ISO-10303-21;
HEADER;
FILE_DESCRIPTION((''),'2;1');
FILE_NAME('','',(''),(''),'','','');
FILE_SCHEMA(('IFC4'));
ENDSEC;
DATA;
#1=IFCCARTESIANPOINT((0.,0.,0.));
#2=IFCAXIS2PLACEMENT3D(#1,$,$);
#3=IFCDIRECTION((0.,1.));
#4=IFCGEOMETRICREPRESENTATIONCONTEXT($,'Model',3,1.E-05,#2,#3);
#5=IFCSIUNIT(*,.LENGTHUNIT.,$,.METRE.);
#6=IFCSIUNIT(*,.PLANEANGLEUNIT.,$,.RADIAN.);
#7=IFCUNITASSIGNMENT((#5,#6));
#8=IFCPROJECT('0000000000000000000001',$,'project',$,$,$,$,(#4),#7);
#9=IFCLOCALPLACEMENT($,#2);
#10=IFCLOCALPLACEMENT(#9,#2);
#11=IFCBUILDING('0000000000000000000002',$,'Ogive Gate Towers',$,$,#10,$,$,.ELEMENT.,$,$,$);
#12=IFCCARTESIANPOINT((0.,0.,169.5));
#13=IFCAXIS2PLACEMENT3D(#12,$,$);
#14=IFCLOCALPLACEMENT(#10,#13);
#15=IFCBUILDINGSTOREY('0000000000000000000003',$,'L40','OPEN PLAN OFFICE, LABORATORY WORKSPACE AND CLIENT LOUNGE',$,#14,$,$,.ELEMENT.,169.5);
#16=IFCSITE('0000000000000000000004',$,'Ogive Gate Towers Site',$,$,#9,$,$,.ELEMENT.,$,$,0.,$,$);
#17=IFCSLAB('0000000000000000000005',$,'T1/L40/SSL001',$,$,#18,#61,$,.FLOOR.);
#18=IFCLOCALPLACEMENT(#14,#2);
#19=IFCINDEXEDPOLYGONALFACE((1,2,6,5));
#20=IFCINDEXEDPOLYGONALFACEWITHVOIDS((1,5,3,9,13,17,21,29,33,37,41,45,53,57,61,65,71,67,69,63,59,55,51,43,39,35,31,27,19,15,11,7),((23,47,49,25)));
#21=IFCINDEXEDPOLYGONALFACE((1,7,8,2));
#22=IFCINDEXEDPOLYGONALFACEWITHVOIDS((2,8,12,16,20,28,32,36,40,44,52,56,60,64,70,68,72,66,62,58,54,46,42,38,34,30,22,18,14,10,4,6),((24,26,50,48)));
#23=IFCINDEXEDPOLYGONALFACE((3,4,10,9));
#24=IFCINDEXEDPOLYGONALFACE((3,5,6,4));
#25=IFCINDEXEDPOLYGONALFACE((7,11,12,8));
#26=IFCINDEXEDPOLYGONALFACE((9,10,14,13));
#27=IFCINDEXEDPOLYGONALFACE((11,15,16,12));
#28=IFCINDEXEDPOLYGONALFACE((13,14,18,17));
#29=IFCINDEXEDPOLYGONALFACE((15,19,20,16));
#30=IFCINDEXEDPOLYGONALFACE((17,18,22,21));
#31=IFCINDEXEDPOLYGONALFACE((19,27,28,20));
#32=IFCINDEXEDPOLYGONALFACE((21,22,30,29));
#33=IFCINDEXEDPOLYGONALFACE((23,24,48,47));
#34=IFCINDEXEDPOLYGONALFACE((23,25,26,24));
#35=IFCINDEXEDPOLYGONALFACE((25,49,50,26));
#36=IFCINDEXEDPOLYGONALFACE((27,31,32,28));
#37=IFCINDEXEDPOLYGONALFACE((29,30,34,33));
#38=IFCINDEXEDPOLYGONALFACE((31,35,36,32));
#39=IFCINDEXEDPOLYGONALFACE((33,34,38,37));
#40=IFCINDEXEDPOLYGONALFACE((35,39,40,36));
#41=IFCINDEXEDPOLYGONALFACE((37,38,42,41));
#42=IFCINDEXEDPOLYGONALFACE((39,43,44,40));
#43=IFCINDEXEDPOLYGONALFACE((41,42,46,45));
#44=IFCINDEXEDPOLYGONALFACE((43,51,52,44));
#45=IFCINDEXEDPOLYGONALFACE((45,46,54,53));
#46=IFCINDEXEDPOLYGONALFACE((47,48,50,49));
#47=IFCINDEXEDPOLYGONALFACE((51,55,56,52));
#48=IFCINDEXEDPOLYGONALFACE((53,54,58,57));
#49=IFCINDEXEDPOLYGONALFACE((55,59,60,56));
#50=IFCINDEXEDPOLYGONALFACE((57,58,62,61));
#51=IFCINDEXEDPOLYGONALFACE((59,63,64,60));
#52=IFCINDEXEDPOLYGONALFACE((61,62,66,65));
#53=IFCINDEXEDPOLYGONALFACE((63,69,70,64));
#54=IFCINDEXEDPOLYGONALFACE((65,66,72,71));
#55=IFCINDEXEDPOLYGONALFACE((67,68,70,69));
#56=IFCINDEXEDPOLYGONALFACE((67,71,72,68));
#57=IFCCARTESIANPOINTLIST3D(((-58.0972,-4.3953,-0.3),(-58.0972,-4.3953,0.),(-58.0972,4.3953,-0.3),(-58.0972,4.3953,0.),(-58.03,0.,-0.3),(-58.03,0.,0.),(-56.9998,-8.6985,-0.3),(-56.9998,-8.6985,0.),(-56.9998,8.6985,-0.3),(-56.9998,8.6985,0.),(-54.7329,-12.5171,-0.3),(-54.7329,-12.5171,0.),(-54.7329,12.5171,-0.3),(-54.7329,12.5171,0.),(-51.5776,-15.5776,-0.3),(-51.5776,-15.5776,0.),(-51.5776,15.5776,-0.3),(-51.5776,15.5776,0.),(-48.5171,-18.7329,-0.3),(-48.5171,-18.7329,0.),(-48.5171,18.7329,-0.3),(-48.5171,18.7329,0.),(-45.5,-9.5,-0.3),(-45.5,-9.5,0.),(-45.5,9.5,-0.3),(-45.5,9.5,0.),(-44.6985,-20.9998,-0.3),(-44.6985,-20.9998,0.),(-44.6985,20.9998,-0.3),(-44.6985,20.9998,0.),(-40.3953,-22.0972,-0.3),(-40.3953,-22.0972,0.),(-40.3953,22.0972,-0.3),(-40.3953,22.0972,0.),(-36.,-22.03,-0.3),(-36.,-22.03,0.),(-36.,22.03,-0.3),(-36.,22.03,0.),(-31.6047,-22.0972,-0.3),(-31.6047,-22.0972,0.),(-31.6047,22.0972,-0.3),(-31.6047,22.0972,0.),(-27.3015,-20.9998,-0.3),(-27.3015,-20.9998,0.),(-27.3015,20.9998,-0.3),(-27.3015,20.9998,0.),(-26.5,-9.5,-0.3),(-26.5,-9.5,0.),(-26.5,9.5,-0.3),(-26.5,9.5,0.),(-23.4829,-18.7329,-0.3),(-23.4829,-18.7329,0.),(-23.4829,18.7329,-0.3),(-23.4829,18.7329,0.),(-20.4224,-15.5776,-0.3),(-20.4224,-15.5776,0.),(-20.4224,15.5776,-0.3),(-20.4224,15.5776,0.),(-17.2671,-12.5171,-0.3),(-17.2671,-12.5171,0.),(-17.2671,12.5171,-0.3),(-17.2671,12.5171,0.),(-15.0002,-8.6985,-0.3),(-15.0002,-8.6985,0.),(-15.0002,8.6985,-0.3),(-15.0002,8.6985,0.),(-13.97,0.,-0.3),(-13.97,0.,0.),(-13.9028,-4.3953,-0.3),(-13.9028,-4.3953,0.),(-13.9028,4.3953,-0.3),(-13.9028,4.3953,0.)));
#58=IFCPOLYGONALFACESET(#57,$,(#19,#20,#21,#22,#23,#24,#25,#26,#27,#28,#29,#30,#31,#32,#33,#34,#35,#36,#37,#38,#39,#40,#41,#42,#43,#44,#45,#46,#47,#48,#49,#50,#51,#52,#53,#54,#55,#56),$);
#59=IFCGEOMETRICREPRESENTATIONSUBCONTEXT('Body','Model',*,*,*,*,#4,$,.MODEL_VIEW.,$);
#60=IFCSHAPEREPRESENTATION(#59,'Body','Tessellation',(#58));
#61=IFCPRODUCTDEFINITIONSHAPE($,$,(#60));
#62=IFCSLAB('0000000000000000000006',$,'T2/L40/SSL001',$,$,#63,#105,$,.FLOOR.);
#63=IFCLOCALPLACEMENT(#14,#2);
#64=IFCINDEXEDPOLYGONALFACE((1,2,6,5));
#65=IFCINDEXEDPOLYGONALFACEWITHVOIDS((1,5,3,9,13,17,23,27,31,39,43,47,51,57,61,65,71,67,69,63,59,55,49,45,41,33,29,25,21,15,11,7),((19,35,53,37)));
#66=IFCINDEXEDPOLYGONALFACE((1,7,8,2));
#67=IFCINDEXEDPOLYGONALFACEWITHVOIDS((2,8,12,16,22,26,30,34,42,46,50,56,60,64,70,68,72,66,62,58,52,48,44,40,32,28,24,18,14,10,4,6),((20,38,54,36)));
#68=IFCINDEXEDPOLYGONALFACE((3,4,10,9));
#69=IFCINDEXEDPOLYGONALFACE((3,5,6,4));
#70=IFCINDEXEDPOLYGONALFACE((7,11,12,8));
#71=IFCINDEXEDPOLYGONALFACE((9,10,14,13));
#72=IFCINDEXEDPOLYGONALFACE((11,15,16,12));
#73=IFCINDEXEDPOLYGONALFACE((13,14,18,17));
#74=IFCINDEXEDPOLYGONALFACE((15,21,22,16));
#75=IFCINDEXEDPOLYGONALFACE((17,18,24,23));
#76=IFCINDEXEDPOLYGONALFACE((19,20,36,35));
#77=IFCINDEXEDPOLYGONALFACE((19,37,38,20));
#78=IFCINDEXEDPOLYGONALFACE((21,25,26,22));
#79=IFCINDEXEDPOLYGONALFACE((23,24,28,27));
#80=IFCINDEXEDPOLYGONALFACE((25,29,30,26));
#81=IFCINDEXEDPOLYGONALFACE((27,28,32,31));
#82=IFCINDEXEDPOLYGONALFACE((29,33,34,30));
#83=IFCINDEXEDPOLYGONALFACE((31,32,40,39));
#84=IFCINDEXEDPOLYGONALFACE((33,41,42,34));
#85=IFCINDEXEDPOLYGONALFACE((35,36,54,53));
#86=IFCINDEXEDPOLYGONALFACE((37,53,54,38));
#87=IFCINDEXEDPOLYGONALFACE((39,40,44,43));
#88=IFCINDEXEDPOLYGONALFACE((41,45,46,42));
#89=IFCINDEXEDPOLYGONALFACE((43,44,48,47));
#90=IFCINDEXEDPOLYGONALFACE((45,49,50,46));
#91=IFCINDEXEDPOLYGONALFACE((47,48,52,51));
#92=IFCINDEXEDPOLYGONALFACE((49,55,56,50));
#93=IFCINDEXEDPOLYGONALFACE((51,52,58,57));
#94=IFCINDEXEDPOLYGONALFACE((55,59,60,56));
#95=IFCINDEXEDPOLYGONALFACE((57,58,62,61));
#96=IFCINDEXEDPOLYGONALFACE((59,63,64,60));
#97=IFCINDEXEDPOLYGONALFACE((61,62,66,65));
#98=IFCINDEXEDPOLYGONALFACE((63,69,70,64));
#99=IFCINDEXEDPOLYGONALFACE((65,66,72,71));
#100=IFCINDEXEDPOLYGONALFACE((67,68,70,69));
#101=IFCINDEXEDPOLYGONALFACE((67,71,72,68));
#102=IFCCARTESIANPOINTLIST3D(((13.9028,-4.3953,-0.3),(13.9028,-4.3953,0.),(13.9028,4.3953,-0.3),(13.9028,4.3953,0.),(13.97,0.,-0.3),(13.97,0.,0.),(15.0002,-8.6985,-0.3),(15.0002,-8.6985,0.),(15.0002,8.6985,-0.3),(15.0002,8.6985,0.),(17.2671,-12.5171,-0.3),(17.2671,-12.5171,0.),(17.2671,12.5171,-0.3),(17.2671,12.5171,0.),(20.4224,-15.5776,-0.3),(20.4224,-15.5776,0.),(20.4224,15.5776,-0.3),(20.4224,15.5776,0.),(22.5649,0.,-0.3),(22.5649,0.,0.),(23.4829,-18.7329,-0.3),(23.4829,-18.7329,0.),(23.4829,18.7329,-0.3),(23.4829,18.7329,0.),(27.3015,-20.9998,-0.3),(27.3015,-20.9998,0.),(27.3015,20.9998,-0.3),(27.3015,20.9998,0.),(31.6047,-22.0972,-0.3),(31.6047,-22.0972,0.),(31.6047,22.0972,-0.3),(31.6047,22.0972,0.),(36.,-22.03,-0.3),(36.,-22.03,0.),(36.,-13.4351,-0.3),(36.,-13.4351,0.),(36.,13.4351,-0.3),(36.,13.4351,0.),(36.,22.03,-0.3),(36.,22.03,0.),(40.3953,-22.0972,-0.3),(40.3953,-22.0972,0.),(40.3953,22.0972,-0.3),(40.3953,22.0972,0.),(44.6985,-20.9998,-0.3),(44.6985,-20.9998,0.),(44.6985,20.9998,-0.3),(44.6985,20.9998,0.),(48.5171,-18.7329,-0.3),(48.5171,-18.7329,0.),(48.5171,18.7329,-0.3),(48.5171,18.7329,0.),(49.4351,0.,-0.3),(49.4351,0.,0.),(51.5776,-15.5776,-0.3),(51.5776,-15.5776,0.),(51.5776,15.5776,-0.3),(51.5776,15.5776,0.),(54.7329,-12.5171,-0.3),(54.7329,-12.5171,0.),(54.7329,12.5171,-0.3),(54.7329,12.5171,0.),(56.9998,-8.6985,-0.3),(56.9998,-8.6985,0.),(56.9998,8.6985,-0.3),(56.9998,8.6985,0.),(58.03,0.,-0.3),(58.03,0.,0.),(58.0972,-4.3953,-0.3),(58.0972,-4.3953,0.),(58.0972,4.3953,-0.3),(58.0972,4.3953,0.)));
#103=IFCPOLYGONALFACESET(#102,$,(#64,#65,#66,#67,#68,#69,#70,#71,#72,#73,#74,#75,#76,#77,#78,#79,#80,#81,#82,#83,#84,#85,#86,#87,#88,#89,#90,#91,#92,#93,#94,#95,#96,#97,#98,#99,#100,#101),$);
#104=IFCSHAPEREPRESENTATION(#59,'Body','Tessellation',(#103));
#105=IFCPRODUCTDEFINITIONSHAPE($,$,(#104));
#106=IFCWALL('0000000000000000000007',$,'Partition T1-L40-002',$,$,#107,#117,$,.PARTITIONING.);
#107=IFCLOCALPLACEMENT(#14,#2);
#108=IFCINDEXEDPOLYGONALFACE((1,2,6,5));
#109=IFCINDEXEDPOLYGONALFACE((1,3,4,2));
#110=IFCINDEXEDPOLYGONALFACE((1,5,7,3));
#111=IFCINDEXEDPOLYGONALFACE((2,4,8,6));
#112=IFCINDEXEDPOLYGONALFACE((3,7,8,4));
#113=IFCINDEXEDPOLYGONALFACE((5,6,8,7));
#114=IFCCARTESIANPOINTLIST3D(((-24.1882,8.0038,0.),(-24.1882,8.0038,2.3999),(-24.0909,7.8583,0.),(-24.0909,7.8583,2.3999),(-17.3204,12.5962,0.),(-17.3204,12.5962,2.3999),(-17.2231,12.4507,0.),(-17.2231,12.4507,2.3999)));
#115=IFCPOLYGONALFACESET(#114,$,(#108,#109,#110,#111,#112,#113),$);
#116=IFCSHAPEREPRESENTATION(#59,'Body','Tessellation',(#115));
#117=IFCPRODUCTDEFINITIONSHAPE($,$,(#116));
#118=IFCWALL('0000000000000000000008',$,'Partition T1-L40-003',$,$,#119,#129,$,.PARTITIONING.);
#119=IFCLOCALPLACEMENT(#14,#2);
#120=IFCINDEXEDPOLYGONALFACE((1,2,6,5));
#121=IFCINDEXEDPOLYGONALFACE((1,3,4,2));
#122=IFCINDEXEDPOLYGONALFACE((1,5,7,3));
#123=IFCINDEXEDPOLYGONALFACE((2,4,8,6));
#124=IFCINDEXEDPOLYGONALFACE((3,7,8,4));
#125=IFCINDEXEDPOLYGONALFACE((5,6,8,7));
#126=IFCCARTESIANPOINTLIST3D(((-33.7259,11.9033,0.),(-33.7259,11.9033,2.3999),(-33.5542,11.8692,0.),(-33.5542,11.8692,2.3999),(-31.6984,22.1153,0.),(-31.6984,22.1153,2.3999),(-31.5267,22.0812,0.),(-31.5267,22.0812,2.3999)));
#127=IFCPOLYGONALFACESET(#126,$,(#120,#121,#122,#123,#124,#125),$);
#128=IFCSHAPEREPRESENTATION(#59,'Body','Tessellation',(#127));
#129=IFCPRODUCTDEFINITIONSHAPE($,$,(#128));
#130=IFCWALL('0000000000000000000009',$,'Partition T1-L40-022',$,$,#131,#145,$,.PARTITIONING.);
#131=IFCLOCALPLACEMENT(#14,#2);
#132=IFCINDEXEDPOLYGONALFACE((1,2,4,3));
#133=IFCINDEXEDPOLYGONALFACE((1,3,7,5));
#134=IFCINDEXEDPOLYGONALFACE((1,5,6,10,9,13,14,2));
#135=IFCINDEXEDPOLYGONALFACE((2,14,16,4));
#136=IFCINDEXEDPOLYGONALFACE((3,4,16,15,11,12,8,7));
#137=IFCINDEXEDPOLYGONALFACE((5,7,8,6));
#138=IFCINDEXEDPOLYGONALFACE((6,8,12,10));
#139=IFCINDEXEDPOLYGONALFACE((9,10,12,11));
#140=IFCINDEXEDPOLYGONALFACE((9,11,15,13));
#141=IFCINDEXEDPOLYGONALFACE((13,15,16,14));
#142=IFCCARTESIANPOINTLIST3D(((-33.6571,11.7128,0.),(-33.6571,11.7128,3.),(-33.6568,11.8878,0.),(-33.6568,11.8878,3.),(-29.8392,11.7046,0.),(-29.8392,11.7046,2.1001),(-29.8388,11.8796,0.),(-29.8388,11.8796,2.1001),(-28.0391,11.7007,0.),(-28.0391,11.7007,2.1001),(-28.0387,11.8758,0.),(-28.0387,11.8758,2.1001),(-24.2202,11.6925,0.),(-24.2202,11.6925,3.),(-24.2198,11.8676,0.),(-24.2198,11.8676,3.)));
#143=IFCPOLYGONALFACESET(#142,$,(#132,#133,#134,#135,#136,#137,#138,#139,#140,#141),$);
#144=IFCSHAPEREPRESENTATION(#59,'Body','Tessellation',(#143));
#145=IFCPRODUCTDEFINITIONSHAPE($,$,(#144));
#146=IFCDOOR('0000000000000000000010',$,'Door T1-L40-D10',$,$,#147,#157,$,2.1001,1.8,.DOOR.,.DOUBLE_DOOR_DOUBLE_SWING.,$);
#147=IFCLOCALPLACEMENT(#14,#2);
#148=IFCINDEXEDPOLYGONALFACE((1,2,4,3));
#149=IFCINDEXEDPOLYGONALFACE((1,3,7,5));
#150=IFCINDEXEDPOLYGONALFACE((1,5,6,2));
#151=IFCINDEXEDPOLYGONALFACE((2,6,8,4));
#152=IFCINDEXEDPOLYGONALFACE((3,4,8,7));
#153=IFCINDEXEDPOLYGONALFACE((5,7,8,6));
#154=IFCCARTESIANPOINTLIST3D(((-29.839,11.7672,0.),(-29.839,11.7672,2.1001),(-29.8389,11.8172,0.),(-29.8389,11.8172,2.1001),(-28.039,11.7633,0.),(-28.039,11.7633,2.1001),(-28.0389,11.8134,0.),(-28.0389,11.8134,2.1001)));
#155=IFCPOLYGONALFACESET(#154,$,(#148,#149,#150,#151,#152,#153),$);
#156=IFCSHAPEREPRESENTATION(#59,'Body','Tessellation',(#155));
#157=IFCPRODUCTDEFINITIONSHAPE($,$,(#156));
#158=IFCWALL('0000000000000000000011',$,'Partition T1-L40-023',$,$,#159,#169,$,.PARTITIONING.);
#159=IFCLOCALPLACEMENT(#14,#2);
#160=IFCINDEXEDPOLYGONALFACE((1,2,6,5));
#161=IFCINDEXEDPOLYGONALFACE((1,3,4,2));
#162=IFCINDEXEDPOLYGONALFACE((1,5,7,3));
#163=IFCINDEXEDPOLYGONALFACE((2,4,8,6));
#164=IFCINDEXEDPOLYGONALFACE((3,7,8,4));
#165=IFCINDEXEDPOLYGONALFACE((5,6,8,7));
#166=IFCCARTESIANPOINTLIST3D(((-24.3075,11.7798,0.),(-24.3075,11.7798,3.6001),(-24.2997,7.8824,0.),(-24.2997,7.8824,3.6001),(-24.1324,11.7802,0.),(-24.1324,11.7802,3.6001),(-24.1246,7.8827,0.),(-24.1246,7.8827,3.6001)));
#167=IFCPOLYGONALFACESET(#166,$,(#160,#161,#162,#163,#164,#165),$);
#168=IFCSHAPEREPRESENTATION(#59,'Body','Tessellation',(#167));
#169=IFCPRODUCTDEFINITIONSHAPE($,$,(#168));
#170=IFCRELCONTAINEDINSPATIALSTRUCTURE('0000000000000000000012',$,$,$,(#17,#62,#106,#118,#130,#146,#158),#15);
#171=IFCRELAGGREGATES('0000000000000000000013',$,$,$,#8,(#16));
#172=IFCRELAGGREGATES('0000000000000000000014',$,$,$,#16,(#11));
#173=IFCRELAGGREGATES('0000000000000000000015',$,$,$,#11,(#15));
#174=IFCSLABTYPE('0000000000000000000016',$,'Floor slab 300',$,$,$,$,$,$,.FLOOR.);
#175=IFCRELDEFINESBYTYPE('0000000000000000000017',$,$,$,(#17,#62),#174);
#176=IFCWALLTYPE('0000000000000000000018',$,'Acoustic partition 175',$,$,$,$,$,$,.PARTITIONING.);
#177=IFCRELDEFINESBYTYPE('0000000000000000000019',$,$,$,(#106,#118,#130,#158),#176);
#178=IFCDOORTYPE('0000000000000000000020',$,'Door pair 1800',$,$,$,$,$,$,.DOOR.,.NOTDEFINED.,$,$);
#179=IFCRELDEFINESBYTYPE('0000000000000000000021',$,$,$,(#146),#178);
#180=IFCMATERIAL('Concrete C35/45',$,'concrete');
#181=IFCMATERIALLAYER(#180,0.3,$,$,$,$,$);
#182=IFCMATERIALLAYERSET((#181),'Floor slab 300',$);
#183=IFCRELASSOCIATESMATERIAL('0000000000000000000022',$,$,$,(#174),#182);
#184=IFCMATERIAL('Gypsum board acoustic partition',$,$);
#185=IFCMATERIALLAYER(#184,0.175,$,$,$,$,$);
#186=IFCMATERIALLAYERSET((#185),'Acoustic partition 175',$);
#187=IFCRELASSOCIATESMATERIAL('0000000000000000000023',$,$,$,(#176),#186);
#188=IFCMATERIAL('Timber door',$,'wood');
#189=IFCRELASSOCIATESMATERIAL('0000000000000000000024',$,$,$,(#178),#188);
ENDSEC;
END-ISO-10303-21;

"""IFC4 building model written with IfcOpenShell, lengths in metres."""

from ifc_helpers import new_model, si_unit, direction, frame, frame_2d, origin, place, context, subcontext, project, spatial, polyline, rectangle, outline, extrude, material, layer, layer_set, type_object, element, fill, save


model = new_model("IFC4")

# Units and contexts
model_context = context("Model", 3, precision=1e-05, world=origin(), true_north=direction((0.0, 1.0)))
body_context = subcontext(model_context, "Body", "Model", "MODEL_VIEW")
ifc_project = project(units=[si_unit("LENGTHUNIT", "METRE"), si_unit("PLANEANGLEUNIT", "RADIAN")], contexts=[model_context])

# Site, building, storey
site_placement = place(None, origin())
site = spatial("IfcSite", under=ifc_project, at=site_placement, Name="Ogive Gate Towers Site", CompositionType="ELEMENT", RefElevation=0.0)
building_placement = place(site_placement, origin())
building = spatial("IfcBuilding", under=site, at=building_placement, Name="Ogive Gate Towers", CompositionType="ELEMENT")
storey_placement = place(building_placement, frame((0.0, 0.0, 169.5)))
storey = spatial("IfcBuildingStorey", under=building, at=storey_placement, Name="L40", Description="OPEN PLAN OFFICE, LABORATORY WORKSPACE AND CLIENT LOUNGE", CompositionType="ELEMENT", Elevation=169.5)

# Slabs
ifc_material_1 = material(Name="Concrete C35/45", Category="concrete")
ifc_layer_1 = layer(ifc_material_1, 0.3)
ifc_layer_set_1 = layer_set([ifc_layer_1], Name="Floor slab 300")
slab_type_1 = type_object("IfcSlabType", Name="Floor slab 300", PredefinedType="FLOOR", material=ifc_layer_set_1)
slab_1_placement = place(storey_placement, frame((0.0, 0.0, -0.3)))
element("IfcSlab", 1, at=slab_1_placement, inside=storey, type_object=slab_type_1, Name="T1/L40/SSL001", PredefinedType="FLOOR", context=body_context, shape_type="SweptSolid", body=[
    extrude(outline(polyline([(-13.9028, -4.3953), (-13.97, 0.0), (-13.9028, 4.3953), (-15.0002, 8.6985), (-17.2671, 12.5171), (-20.4224, 15.5776), (-23.4829, 18.7329), (-27.3015, 20.9998), (-31.6047, 22.0972), (-36.0, 22.03), (-40.3953, 22.0972), (-44.6985, 20.9998), (-48.5171, 18.7329), (-51.5776, 15.5776), (-54.7329, 12.5171), (-56.9998, 8.6985), (-58.0972, 4.3953), (-58.03, 0.0), (-58.0972, -4.3953), (-56.9998, -8.6985), (-54.7329, -12.5171), (-51.5776, -15.5776), (-48.5171, -18.7329), (-44.6985, -20.9998), (-40.3953, -22.0972), (-36.0, -22.03), (-31.6047, -22.0972), (-27.3015, -20.9998), (-23.4829, -18.7329), (-20.4224, -15.5776), (-17.2671, -12.5171), (-15.0002, -8.6985), (-13.9028, -4.3953)]), holes=[polyline([(-26.5, -9.5), (-45.5, -9.5), (-45.5, 9.5), (-26.5, 9.5), (-26.5, -9.5)])]), origin(), (0.0, 0.0, 1.0), 0.3),
])
slab_2_placement = place(storey_placement, frame((0.0, 0.0, -0.3)))
element("IfcSlab", 2, at=slab_2_placement, inside=storey, type_object=slab_type_1, Name="T2/L40/SSL001", PredefinedType="FLOOR", context=body_context, shape_type="SweptSolid", body=[
    extrude(outline(polyline([(58.0972, -4.3953), (58.03, 0.0), (58.0972, 4.3953), (56.9998, 8.6985), (54.7329, 12.5171), (51.5776, 15.5776), (48.5171, 18.7329), (44.6985, 20.9998), (40.3953, 22.0972), (36.0, 22.03), (31.6047, 22.0972), (27.3015, 20.9998), (23.4829, 18.7329), (20.4224, 15.5776), (17.2671, 12.5171), (15.0002, 8.6985), (13.9028, 4.3953), (13.97, 0.0), (13.9028, -4.3953), (15.0002, -8.6985), (17.2671, -12.5171), (20.4224, -15.5776), (23.4829, -18.7329), (27.3015, -20.9998), (31.6047, -22.0972), (36.0, -22.03), (40.3953, -22.0972), (44.6985, -20.9998), (48.5171, -18.7329), (51.5776, -15.5776), (54.7329, -12.5171), (56.9998, -8.6985), (58.0972, -4.3953)]), holes=[polyline([(49.4351, 0.0), (36.0, -13.4351), (22.5649, 0.0), (36.0, 13.4351), (49.4351, 0.0)])]), origin(), (0.0, 0.0, 1.0), 0.3),
])

# Walls
ifc_material_2 = material(Name="Gypsum board acoustic partition")
ifc_layer_2 = layer(ifc_material_2, 0.175)
ifc_layer_set_2 = layer_set([ifc_layer_2], Name="Acoustic partition 175")
wall_type_1 = type_object("IfcWallType", Name="Acoustic partition 175", PredefinedType="PARTITIONING", material=ifc_layer_set_2)
wall_1_placement = place(storey_placement, frame((-17.2717, 12.5234, 0.0), z_axis=(0.0, 0.0, 1.0), x_axis=(-0.831277, -0.555859, 0.0)))
element("IfcWall", 3, at=wall_1_placement, inside=storey, type_object=wall_type_1, Name="Partition T1-L40-002", PredefinedType="PARTITIONING", context=body_context, shape_type="SweptSolid", body=[
    extrude(rectangle(XDim=8.2617, YDim=0.175, at=frame_2d((4.1309, 0.0))), origin(), (0.0, 0.0, 1.0), 2.3999),
])
wall_2_placement = place(storey_placement, frame((-31.6125, 22.0981, 0.0), z_axis=(0.0, 0.0, 1.0), x_axis=(-0.194745, -0.980854, 0.0)))
element("IfcWall", 4, at=wall_2_placement, inside=storey, type_object=wall_type_1, Name="Partition T1-L40-003", PredefinedType="PARTITIONING", context=body_context, shape_type="SweptSolid", body=[
    extrude(rectangle(XDim=10.4114, YDim=0.175, at=frame_2d((5.2056, 0.0))), origin(), (0.0, 0.0, 1.0), 2.3999),
])

# Wall, opening, door
wall_3_placement = place(storey_placement, frame((-24.22, 11.78, 0.0), z_axis=(0.0, 0.0, 1.0), x_axis=(-0.999998, 0.002147, 0.0)))
wall_3 = element("IfcWall", 5, at=wall_3_placement, inside=storey, type_object=wall_type_1, Name="Partition T1-L40-022", PredefinedType="PARTITIONING", context=body_context, shape_type="SweptSolid", body=[
    extrude(rectangle(XDim=9.437, YDim=0.175, at=frame_2d((4.7185, 0.0))), origin(), (0.0, 0.0, 1.0), 3.0),
])
opening_1_placement = place(wall_3_placement, frame((3.8191, 0.0, 0.0)))
opening_1 = element("IfcOpeningElement", 6, at=opening_1_placement, cuts=wall_3, PredefinedType="OPENING", context=body_context, shape_type="SweptSolid", body=[
    extrude(rectangle(XDim=1.8, YDim=2.1001, at=frame_2d((0.8999, 1.05))), frame((0.0, 0.0977, 0.0), z_axis=(0.0, -1.0, 0.0), x_axis=(1.0, 0.0, 0.0)), (0.0, 0.0, 1.0), 0.1951),
])
ifc_material_3 = material(Name="Timber door", Category="wood")
door_type_1 = type_object("IfcDoorType", Name="Door pair 1800", OperationType="NOTDEFINED", PredefinedType="DOOR", material=ifc_material_3)
door_1_placement = place(opening_1_placement, origin())
door_1 = element("IfcDoor", 7, at=door_1_placement, inside=storey, type_object=door_type_1, Name="Door T1-L40-D10", OperationType="DOUBLE_DOOR_DOUBLE_SWING", OverallHeight=2.1001, OverallWidth=1.8, PredefinedType="DOOR", context=body_context, shape_type="SweptSolid", body=[
    extrude(rectangle(XDim=1.8, YDim=2.1001, at=frame_2d((0.8999, 1.05))), frame((0.0, 0.0249, 0.0), z_axis=(0.0, -1.0, 0.0), x_axis=(1.0, 0.0, 0.0)), (0.0, 0.0, 1.0), 0.05),
])
fill(opening_1, door_1)

# Wall
wall_4_placement = place(storey_placement, frame((-24.2122, 7.8826, 0.0), z_axis=(0.0, 0.0, 1.0), x_axis=(-0.002005, 0.999998, 0.0)))
element("IfcWall", 8, at=wall_4_placement, inside=storey, type_object=wall_type_1, Name="Partition T1-L40-023", PredefinedType="PARTITIONING", context=body_context, shape_type="SweptSolid", body=[
    extrude(rectangle(XDim=3.8975, YDim=0.175, at=frame_2d((1.9487, 0.0))), origin(), (0.0, 0.0, 1.0), 3.6001),
])

save(model, "model.ifc")
